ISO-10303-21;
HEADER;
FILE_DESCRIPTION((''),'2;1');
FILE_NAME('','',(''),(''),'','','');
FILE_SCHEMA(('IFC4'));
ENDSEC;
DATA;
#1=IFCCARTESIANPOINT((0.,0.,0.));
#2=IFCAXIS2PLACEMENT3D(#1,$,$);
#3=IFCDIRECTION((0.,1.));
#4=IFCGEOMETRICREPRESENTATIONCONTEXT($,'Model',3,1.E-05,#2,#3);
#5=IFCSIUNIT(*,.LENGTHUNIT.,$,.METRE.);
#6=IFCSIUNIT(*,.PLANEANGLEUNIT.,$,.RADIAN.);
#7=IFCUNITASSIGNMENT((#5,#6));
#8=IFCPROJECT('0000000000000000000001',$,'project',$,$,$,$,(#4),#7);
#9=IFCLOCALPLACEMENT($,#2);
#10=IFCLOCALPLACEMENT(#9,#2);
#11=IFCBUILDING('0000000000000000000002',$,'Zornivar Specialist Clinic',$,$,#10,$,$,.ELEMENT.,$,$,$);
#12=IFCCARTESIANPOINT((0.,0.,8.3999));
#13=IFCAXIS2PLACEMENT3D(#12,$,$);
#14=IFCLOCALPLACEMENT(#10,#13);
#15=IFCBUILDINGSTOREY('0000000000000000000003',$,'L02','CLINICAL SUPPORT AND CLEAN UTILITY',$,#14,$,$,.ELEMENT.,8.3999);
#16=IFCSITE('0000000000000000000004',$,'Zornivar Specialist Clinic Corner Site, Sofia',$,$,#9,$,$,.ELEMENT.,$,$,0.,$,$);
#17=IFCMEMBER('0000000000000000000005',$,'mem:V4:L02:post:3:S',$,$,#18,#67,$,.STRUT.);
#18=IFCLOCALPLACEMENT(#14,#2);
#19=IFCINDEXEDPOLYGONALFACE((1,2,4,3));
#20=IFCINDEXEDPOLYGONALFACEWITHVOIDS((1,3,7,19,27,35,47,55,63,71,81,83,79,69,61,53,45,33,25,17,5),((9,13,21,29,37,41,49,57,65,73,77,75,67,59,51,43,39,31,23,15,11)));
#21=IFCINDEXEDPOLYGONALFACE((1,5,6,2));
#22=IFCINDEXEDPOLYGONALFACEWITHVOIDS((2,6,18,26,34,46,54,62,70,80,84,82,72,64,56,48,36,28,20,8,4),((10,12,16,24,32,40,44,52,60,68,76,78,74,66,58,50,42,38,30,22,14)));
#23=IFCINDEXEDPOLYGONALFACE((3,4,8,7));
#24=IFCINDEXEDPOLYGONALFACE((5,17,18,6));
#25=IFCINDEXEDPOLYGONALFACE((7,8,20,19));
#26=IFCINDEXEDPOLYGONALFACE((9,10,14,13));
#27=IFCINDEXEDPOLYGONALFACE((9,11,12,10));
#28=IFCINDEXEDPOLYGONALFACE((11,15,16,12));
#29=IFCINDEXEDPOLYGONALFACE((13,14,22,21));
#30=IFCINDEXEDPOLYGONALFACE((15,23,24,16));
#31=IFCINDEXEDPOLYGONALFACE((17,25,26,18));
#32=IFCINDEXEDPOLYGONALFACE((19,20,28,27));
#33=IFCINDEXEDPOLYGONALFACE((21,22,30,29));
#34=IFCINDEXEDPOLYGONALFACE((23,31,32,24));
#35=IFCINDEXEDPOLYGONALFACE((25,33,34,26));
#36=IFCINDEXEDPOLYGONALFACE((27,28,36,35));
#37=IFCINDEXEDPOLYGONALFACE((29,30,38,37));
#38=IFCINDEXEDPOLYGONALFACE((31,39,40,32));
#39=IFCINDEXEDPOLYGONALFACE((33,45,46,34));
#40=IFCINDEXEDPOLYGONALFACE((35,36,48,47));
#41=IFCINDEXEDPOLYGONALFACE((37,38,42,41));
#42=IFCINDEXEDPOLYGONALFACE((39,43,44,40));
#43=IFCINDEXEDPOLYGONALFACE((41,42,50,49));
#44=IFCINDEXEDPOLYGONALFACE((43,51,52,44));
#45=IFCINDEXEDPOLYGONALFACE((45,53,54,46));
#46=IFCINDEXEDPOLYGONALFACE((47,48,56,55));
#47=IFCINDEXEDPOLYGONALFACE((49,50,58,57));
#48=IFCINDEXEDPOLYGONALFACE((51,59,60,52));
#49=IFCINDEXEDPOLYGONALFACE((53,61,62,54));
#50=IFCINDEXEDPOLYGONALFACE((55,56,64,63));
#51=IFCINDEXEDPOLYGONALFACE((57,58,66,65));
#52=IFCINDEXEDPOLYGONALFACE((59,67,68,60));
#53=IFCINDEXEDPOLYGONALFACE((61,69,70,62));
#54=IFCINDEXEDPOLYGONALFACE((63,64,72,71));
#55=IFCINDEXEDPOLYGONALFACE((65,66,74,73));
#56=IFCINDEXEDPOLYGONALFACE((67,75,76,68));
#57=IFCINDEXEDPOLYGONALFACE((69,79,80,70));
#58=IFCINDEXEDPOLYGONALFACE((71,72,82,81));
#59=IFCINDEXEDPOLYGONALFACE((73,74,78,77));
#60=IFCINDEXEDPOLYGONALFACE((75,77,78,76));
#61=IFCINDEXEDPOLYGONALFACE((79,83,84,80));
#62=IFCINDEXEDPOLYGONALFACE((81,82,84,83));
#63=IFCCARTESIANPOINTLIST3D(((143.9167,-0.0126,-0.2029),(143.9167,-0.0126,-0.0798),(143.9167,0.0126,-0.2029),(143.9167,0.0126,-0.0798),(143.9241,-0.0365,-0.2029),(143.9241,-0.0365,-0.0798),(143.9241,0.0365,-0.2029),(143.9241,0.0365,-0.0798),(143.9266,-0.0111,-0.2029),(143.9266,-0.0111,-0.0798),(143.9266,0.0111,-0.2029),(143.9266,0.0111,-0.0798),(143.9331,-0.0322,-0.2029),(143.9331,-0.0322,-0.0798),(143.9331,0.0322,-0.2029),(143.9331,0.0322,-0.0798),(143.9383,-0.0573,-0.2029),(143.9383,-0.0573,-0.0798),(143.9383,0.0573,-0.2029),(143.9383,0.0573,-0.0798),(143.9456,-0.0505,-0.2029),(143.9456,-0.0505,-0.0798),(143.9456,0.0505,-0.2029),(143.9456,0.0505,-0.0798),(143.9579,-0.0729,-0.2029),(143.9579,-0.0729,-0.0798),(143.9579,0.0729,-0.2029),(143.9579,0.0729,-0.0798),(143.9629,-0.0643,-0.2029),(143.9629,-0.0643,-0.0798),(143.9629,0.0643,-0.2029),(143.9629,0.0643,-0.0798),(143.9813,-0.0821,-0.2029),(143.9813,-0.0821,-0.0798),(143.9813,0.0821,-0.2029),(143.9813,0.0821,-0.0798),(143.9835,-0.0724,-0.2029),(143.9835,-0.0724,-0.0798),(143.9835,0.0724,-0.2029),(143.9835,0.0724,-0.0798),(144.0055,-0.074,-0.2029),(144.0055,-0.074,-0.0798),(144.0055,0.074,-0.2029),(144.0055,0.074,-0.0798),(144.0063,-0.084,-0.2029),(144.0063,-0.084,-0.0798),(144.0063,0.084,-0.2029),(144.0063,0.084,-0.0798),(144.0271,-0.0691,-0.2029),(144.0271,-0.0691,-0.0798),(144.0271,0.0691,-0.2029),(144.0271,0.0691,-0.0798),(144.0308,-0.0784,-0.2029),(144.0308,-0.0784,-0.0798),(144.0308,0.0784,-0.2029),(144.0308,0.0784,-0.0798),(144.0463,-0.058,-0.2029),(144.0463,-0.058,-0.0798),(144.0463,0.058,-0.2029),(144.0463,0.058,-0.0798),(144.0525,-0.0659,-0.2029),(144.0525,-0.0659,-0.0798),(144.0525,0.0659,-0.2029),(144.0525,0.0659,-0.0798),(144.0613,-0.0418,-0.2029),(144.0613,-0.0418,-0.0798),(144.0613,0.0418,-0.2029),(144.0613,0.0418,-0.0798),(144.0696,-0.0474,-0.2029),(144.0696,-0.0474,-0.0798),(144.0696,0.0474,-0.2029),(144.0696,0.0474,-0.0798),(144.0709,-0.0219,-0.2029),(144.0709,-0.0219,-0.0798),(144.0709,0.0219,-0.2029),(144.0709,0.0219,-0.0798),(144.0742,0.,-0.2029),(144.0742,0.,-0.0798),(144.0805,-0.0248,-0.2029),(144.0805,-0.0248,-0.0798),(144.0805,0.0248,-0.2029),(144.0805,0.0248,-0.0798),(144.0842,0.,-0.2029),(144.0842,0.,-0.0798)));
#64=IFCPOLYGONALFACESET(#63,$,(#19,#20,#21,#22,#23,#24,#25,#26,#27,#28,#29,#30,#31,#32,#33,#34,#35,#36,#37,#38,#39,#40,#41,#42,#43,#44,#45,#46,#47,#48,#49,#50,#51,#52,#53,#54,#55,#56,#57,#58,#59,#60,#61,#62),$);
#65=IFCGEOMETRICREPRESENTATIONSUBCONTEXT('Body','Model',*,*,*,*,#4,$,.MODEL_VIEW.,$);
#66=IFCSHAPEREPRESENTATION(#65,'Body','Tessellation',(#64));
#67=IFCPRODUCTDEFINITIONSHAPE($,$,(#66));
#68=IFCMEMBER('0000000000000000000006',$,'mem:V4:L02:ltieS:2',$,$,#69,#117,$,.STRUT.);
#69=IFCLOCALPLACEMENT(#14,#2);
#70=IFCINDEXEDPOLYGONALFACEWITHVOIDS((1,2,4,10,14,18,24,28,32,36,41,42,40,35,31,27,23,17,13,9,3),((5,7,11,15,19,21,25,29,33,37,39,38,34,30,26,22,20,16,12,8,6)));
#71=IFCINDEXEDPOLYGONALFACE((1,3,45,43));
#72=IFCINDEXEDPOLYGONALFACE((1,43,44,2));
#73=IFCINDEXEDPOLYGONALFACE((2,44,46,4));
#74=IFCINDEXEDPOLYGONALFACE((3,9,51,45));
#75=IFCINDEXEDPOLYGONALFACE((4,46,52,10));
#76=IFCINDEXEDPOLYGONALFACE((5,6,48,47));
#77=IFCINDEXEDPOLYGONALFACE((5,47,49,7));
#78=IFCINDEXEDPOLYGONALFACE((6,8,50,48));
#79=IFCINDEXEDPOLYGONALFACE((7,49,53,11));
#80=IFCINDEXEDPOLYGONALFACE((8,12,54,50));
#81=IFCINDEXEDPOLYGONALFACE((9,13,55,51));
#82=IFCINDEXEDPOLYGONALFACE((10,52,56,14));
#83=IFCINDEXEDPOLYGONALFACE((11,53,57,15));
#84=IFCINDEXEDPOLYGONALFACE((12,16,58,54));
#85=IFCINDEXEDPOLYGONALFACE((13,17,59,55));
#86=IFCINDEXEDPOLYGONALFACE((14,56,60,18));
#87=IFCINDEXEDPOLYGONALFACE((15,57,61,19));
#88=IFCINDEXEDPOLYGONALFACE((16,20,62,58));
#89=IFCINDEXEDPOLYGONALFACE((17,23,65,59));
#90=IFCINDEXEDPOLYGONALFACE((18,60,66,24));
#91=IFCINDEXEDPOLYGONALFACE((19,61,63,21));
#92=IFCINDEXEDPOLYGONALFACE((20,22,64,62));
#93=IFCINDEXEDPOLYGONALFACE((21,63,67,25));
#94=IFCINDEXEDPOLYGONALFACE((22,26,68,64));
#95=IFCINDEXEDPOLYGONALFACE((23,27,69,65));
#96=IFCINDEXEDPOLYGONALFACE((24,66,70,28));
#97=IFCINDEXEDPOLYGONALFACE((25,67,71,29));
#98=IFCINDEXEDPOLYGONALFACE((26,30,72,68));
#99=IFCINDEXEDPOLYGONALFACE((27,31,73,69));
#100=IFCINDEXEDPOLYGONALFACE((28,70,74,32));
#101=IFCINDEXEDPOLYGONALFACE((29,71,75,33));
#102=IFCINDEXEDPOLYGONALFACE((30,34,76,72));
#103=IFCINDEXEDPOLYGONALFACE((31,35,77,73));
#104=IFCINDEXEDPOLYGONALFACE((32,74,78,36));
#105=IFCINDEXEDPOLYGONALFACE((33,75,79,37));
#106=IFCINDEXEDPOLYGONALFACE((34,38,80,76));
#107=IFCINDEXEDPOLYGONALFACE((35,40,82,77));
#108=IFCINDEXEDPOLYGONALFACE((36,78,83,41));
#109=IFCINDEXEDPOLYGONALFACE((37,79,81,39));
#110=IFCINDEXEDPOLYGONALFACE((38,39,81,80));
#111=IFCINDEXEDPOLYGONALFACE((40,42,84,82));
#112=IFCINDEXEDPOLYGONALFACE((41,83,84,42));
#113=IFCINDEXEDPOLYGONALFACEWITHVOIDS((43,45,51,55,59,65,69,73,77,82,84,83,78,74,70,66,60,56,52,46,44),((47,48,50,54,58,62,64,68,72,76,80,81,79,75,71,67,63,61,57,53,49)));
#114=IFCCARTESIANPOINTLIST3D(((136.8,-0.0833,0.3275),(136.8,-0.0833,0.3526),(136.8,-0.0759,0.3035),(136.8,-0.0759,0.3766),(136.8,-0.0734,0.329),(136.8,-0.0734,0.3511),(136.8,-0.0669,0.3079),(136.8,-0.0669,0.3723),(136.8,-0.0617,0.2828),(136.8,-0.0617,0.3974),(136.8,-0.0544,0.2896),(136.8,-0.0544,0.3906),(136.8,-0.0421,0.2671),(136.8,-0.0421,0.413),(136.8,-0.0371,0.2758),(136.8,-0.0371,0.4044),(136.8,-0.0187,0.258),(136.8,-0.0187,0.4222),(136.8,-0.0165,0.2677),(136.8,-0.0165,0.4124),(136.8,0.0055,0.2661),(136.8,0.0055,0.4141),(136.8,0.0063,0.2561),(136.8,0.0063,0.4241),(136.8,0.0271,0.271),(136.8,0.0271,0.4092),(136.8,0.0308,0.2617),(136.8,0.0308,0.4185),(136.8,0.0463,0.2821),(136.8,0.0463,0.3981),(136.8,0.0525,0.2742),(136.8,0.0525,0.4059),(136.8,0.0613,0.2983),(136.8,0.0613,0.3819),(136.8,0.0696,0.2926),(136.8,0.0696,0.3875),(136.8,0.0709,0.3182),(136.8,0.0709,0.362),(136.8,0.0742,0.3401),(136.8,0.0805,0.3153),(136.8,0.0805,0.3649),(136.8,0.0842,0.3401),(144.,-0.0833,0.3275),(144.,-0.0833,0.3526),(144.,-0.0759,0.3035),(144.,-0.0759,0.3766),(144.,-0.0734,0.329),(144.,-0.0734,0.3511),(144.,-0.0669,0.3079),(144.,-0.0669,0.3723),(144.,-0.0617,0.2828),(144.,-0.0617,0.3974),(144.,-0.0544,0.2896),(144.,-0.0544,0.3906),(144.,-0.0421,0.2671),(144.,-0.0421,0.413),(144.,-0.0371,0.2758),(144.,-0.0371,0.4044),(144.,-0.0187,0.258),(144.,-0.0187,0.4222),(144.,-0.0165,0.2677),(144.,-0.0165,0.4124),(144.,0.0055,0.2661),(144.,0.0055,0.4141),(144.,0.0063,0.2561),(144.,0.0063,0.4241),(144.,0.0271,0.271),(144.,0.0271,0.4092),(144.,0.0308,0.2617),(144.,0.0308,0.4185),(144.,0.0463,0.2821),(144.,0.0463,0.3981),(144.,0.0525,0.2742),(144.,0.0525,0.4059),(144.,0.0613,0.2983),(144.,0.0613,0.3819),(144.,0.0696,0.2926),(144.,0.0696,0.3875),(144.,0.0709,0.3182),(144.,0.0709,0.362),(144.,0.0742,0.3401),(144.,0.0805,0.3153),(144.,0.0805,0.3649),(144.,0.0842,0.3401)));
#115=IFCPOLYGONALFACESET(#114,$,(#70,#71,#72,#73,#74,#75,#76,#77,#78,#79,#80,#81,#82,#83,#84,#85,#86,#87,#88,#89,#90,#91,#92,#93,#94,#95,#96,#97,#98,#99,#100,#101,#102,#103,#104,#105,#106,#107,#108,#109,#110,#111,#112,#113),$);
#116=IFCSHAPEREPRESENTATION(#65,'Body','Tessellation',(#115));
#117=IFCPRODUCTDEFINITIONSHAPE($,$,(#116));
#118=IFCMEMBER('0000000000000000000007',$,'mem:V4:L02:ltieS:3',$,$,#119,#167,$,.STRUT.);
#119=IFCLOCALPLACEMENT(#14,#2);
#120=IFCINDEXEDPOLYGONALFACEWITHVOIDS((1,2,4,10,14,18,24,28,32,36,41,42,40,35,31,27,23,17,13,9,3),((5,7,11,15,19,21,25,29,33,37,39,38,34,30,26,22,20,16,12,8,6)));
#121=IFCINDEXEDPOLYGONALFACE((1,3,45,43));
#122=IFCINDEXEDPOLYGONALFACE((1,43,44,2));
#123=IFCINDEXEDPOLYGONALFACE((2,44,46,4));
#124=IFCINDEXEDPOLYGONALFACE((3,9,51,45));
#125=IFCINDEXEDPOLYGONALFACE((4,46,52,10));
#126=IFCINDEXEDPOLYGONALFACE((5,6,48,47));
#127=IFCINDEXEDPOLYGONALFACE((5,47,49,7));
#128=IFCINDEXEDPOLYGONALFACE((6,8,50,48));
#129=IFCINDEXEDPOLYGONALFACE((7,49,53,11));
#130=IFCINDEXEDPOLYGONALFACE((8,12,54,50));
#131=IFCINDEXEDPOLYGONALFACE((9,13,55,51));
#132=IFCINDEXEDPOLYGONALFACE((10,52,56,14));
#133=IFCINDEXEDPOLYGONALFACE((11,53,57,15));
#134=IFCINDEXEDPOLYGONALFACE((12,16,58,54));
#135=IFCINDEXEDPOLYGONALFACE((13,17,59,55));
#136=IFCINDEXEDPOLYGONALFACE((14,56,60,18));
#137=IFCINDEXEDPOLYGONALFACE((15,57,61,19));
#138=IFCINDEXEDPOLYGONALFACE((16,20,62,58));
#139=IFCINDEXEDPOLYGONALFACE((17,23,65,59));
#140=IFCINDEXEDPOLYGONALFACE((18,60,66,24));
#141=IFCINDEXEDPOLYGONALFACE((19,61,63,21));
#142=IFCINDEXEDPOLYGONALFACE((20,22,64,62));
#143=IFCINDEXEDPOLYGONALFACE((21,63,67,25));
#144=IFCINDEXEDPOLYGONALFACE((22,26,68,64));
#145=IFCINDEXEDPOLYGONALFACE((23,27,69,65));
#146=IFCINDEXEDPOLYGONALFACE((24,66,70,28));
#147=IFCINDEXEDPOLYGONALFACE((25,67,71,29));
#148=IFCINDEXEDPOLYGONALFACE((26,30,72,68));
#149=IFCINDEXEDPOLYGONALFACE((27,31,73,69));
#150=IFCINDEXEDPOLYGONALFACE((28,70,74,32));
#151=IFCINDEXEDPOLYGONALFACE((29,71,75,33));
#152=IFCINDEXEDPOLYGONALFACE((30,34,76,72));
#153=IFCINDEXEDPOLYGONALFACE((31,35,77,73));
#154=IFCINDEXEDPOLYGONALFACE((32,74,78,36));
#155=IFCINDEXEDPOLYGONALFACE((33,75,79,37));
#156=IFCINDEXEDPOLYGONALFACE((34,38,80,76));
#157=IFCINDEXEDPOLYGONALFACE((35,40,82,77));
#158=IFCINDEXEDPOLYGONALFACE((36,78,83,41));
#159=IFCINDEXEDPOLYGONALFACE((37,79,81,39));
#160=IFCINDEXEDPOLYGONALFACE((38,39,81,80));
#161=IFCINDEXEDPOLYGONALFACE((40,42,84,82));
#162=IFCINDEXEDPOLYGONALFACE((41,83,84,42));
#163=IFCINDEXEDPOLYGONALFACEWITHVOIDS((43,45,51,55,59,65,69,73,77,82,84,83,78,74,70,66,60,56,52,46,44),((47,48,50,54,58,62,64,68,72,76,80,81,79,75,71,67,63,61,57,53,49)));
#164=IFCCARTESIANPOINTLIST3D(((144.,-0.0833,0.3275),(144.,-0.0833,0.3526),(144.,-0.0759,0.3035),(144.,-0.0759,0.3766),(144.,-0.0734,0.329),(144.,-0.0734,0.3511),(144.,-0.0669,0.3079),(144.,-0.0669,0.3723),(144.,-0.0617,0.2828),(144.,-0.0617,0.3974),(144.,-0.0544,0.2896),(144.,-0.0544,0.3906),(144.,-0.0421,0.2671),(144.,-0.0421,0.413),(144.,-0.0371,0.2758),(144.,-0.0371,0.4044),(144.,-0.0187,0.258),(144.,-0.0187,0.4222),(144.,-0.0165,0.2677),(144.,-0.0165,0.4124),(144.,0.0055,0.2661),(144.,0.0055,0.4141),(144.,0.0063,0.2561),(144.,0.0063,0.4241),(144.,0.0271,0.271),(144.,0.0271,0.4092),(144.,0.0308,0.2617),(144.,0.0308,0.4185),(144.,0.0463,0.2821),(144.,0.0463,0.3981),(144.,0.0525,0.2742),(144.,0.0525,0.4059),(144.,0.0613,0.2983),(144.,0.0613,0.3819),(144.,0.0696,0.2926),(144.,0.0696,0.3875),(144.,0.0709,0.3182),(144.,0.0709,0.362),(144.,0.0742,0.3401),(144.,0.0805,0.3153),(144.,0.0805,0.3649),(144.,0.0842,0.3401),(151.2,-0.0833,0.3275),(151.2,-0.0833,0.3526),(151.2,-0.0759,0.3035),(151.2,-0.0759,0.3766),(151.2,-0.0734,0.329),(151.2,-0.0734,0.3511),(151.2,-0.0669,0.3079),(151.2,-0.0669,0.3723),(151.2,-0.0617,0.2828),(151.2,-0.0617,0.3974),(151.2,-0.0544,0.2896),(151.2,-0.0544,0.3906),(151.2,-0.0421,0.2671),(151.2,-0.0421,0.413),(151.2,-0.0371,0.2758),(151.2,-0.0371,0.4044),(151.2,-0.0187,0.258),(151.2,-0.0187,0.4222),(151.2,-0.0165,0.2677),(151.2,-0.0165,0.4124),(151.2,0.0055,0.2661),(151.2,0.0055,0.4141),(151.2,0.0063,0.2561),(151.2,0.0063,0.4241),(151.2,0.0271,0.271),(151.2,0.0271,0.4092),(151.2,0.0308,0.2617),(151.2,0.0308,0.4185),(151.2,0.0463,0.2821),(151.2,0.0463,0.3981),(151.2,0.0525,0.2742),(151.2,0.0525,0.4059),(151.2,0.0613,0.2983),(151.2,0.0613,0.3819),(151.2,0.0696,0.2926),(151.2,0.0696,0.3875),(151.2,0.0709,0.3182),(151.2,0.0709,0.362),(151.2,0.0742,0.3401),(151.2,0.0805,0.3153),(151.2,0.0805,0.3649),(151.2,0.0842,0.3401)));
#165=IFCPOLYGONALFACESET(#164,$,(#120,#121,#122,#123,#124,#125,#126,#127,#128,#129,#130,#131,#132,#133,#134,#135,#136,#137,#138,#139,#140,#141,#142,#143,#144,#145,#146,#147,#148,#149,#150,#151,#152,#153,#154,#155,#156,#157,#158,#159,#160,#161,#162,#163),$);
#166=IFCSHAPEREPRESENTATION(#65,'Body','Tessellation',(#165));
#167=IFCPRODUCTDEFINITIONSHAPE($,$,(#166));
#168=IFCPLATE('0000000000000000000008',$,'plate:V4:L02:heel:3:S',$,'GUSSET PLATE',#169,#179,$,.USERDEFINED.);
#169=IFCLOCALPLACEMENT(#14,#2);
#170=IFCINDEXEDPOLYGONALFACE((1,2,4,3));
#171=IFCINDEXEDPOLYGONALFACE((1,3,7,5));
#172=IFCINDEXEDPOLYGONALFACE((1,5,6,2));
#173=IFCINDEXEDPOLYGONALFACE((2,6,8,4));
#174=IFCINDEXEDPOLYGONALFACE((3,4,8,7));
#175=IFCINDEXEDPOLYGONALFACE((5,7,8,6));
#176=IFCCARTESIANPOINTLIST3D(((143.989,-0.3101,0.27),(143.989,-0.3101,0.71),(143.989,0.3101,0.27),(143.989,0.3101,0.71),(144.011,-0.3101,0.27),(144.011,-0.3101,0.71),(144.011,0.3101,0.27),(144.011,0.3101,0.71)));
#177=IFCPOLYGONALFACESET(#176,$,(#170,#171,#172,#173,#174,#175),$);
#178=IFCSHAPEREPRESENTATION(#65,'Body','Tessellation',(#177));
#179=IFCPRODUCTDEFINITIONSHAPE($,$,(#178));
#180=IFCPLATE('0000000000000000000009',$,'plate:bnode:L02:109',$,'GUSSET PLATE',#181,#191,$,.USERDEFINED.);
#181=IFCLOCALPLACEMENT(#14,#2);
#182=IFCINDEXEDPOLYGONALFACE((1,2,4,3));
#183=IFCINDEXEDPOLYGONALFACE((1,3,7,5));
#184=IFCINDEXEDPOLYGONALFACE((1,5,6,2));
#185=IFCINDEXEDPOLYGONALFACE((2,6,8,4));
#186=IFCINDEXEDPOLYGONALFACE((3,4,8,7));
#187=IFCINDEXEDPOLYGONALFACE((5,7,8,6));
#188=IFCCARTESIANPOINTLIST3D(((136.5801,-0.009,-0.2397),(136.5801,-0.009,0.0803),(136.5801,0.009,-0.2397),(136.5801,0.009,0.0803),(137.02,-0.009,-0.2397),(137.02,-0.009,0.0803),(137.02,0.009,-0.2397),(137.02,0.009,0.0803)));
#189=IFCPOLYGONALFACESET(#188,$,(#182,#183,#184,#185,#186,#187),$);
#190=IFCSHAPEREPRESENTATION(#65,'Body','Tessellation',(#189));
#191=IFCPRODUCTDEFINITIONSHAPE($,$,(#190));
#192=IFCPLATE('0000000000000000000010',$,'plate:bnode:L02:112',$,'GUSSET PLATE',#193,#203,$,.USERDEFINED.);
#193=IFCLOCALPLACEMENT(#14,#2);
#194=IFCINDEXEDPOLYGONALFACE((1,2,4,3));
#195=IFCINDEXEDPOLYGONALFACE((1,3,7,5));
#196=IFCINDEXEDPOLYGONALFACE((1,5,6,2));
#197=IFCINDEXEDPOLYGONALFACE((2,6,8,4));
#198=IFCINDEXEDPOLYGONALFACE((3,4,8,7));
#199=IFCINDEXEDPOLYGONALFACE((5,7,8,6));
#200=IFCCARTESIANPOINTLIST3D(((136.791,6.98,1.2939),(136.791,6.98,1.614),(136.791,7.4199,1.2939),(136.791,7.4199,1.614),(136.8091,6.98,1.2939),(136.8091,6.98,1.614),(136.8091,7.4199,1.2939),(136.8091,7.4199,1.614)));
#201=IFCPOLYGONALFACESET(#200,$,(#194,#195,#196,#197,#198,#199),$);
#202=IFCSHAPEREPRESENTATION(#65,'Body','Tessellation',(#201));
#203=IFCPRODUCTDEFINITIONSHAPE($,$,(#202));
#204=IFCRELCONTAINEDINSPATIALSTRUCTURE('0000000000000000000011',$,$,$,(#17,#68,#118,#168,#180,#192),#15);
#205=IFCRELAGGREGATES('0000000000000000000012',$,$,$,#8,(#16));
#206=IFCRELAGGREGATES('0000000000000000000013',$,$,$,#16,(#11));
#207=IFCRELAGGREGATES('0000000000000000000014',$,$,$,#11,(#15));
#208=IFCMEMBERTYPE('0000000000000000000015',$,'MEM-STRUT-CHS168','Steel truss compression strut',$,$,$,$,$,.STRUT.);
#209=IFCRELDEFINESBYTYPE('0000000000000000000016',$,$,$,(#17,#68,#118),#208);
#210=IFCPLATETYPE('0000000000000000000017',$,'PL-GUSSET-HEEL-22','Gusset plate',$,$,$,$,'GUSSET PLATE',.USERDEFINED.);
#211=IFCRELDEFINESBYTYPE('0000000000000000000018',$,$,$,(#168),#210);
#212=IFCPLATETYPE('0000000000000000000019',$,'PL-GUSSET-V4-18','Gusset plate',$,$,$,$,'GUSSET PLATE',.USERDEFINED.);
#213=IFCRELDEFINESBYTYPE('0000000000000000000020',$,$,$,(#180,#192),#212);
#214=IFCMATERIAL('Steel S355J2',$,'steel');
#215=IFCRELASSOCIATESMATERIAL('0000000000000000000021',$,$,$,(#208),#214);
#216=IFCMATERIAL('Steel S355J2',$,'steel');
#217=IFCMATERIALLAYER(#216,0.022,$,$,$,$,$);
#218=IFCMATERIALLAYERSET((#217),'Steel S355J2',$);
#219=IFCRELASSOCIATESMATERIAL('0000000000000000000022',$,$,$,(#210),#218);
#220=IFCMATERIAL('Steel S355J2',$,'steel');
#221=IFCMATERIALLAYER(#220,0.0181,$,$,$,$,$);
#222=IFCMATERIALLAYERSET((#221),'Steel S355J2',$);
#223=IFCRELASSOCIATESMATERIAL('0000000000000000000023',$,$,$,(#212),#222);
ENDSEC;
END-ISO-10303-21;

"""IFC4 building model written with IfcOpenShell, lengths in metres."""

from ifc_helpers import new_model, si_unit, direction, frame, origin, origin_2d, place, context, subcontext, project, spatial, rectangle, hollow_circle, extrude, material, layer, layer_set, material_profile, profile_set, type_object, element, save


model = new_model("IFC4")

# Units and contexts
model_context = context("Model", 3, precision=1e-05, world=origin(), true_north=direction((0.0, 1.0)))
body_context = subcontext(model_context, "Body", "Model", "MODEL_VIEW")
ifc_project = project(units=[si_unit("LENGTHUNIT", "METRE"), si_unit("PLANEANGLEUNIT", "RADIAN")], contexts=[model_context])

# Site, building, storey
site_placement = place(None, origin())
site = spatial("IfcSite", under=ifc_project, at=site_placement, Name="Zornivar Specialist Clinic Corner Site, Sofia", CompositionType="ELEMENT", RefElevation=0.0)
building_placement = place(site_placement, origin())
building = spatial("IfcBuilding", under=site, at=building_placement, Name="Zornivar Specialist Clinic", CompositionType="ELEMENT")
storey_placement = place(building_placement, frame((0.0, 0.0, 8.3999)))
storey = spatial("IfcBuildingStorey", under=building, at=storey_placement, Name="L02", Description="CLINICAL SUPPORT AND CLEAN UTILITY", CompositionType="ELEMENT", Elevation=8.3999)

# Members
ifc_material_1 = material(Name="Steel S355J2", Category="steel")
ifc_material_profile_1 = material_profile(ifc_material_1, hollow_circle(Radius=0.0842, WallThickness=0.01, at=origin_2d()), Name="CHS 168.3x10")
ifc_profile_set_1 = profile_set([ifc_material_profile_1], Name="Steel S355J2")
member_type_1 = type_object("IfcMemberType", Name="MEM-STRUT-CHS168", Description="Steel truss compression strut", PredefinedType="STRUT", material=ifc_profile_set_1)
member_1_placement = place(storey_placement, frame((144.0, 0.0, -0.0798), z_axis=(0.0, 0.0, -1.0), x_axis=(1.0, 0.0, 0.0)))
element("IfcMember", 1, at=member_1_placement, inside=storey, type_object=member_type_1, Name="mem:V4:L02:post:3:S", PredefinedType="STRUT", context=body_context, shape_type="SweptSolid", body=[
    extrude(hollow_circle(Radius=0.0842, WallThickness=0.01, at=origin_2d()), origin(), (0.0, 0.0, 1.0), 0.123),
])
for number, where, z_axis, x_axis, name in (
    (2, (136.8, 0.0, 0.3401), (1.0, 0.0, 0.0), (0.0, 1.0, 0.0), "mem:V4:L02:ltieS:2"),
    (3, (144.0, 0.0, 0.3401), (1.0, 0.0, 0.0), (0.0, 1.0, 0.0), "mem:V4:L02:ltieS:3"),
):
    element("IfcMember", number, at=place(storey_placement, frame(where, z_axis=z_axis, x_axis=x_axis)), inside=storey, type_object=member_type_1, Name=name, PredefinedType="STRUT", context=body_context, shape_type="SweptSolid", body=[
        extrude(hollow_circle(Radius=0.0842, WallThickness=0.01, at=origin_2d()), origin(), (0.0, 0.0, 1.0), 7.2),
    ])

# Plates
ifc_material_2 = material(Name="Steel S355J2", Category="steel")
ifc_layer_1 = layer(ifc_material_2, 0.022)
ifc_layer_set_1 = layer_set([ifc_layer_1], Name="Steel S355J2")
plate_type_1 = type_object("IfcPlateType", Name="PL-GUSSET-HEEL-22", Description="Gusset plate", ElementType="GUSSET PLATE", PredefinedType="USERDEFINED", material=ifc_layer_set_1)
plate_placement = place(storey_placement, frame((144.0, 0.0, 0.27), z_axis=(0.0, 0.0, 1.0), x_axis=(1.0, 0.0, 0.0)))
element("IfcPlate", 4, at=plate_placement, inside=storey, type_object=plate_type_1, Name="plate:V4:L02:heel:3:S", ObjectType="GUSSET PLATE", PredefinedType="USERDEFINED", context=body_context, shape_type="SweptSolid", body=[
    extrude(rectangle(XDim=0.022, YDim=0.6201, at=origin_2d()), origin(), (0.0, 0.0, 1.0), 0.4399),
])
ifc_material_3 = material(Name="Steel S355J2", Category="steel")
ifc_layer_2 = layer(ifc_material_3, 0.0181)
ifc_layer_set_2 = layer_set([ifc_layer_2], Name="Steel S355J2")
plate_type_2 = type_object("IfcPlateType", Name="PL-GUSSET-V4-18", Description="Gusset plate", ElementType="GUSSET PLATE", PredefinedType="USERDEFINED", material=ifc_layer_set_2)
for number, where, z_axis, x_axis, name in (
    (5, (136.8, 0.0, -0.2397), (0.0, 0.0, 1.0), (1.0, 0.0, 0.0), "plate:bnode:L02:109"),
    (6, (136.8, 7.2, 1.2939), (0.0, 0.0, 1.0), (0.0, 1.0, 0.0), "plate:bnode:L02:112"),
):
    element("IfcPlate", number, at=place(storey_placement, frame(where, z_axis=z_axis, x_axis=x_axis)), inside=storey, type_object=plate_type_2, Name=name, ObjectType="GUSSET PLATE", PredefinedType="USERDEFINED", context=body_context, shape_type="SweptSolid", body=[
        extrude(rectangle(XDim=0.4399, YDim=0.0181, at=origin_2d()), origin(), (0.0, 0.0, 1.0), 0.3201),
    ])

save(model, "model.ifc")
